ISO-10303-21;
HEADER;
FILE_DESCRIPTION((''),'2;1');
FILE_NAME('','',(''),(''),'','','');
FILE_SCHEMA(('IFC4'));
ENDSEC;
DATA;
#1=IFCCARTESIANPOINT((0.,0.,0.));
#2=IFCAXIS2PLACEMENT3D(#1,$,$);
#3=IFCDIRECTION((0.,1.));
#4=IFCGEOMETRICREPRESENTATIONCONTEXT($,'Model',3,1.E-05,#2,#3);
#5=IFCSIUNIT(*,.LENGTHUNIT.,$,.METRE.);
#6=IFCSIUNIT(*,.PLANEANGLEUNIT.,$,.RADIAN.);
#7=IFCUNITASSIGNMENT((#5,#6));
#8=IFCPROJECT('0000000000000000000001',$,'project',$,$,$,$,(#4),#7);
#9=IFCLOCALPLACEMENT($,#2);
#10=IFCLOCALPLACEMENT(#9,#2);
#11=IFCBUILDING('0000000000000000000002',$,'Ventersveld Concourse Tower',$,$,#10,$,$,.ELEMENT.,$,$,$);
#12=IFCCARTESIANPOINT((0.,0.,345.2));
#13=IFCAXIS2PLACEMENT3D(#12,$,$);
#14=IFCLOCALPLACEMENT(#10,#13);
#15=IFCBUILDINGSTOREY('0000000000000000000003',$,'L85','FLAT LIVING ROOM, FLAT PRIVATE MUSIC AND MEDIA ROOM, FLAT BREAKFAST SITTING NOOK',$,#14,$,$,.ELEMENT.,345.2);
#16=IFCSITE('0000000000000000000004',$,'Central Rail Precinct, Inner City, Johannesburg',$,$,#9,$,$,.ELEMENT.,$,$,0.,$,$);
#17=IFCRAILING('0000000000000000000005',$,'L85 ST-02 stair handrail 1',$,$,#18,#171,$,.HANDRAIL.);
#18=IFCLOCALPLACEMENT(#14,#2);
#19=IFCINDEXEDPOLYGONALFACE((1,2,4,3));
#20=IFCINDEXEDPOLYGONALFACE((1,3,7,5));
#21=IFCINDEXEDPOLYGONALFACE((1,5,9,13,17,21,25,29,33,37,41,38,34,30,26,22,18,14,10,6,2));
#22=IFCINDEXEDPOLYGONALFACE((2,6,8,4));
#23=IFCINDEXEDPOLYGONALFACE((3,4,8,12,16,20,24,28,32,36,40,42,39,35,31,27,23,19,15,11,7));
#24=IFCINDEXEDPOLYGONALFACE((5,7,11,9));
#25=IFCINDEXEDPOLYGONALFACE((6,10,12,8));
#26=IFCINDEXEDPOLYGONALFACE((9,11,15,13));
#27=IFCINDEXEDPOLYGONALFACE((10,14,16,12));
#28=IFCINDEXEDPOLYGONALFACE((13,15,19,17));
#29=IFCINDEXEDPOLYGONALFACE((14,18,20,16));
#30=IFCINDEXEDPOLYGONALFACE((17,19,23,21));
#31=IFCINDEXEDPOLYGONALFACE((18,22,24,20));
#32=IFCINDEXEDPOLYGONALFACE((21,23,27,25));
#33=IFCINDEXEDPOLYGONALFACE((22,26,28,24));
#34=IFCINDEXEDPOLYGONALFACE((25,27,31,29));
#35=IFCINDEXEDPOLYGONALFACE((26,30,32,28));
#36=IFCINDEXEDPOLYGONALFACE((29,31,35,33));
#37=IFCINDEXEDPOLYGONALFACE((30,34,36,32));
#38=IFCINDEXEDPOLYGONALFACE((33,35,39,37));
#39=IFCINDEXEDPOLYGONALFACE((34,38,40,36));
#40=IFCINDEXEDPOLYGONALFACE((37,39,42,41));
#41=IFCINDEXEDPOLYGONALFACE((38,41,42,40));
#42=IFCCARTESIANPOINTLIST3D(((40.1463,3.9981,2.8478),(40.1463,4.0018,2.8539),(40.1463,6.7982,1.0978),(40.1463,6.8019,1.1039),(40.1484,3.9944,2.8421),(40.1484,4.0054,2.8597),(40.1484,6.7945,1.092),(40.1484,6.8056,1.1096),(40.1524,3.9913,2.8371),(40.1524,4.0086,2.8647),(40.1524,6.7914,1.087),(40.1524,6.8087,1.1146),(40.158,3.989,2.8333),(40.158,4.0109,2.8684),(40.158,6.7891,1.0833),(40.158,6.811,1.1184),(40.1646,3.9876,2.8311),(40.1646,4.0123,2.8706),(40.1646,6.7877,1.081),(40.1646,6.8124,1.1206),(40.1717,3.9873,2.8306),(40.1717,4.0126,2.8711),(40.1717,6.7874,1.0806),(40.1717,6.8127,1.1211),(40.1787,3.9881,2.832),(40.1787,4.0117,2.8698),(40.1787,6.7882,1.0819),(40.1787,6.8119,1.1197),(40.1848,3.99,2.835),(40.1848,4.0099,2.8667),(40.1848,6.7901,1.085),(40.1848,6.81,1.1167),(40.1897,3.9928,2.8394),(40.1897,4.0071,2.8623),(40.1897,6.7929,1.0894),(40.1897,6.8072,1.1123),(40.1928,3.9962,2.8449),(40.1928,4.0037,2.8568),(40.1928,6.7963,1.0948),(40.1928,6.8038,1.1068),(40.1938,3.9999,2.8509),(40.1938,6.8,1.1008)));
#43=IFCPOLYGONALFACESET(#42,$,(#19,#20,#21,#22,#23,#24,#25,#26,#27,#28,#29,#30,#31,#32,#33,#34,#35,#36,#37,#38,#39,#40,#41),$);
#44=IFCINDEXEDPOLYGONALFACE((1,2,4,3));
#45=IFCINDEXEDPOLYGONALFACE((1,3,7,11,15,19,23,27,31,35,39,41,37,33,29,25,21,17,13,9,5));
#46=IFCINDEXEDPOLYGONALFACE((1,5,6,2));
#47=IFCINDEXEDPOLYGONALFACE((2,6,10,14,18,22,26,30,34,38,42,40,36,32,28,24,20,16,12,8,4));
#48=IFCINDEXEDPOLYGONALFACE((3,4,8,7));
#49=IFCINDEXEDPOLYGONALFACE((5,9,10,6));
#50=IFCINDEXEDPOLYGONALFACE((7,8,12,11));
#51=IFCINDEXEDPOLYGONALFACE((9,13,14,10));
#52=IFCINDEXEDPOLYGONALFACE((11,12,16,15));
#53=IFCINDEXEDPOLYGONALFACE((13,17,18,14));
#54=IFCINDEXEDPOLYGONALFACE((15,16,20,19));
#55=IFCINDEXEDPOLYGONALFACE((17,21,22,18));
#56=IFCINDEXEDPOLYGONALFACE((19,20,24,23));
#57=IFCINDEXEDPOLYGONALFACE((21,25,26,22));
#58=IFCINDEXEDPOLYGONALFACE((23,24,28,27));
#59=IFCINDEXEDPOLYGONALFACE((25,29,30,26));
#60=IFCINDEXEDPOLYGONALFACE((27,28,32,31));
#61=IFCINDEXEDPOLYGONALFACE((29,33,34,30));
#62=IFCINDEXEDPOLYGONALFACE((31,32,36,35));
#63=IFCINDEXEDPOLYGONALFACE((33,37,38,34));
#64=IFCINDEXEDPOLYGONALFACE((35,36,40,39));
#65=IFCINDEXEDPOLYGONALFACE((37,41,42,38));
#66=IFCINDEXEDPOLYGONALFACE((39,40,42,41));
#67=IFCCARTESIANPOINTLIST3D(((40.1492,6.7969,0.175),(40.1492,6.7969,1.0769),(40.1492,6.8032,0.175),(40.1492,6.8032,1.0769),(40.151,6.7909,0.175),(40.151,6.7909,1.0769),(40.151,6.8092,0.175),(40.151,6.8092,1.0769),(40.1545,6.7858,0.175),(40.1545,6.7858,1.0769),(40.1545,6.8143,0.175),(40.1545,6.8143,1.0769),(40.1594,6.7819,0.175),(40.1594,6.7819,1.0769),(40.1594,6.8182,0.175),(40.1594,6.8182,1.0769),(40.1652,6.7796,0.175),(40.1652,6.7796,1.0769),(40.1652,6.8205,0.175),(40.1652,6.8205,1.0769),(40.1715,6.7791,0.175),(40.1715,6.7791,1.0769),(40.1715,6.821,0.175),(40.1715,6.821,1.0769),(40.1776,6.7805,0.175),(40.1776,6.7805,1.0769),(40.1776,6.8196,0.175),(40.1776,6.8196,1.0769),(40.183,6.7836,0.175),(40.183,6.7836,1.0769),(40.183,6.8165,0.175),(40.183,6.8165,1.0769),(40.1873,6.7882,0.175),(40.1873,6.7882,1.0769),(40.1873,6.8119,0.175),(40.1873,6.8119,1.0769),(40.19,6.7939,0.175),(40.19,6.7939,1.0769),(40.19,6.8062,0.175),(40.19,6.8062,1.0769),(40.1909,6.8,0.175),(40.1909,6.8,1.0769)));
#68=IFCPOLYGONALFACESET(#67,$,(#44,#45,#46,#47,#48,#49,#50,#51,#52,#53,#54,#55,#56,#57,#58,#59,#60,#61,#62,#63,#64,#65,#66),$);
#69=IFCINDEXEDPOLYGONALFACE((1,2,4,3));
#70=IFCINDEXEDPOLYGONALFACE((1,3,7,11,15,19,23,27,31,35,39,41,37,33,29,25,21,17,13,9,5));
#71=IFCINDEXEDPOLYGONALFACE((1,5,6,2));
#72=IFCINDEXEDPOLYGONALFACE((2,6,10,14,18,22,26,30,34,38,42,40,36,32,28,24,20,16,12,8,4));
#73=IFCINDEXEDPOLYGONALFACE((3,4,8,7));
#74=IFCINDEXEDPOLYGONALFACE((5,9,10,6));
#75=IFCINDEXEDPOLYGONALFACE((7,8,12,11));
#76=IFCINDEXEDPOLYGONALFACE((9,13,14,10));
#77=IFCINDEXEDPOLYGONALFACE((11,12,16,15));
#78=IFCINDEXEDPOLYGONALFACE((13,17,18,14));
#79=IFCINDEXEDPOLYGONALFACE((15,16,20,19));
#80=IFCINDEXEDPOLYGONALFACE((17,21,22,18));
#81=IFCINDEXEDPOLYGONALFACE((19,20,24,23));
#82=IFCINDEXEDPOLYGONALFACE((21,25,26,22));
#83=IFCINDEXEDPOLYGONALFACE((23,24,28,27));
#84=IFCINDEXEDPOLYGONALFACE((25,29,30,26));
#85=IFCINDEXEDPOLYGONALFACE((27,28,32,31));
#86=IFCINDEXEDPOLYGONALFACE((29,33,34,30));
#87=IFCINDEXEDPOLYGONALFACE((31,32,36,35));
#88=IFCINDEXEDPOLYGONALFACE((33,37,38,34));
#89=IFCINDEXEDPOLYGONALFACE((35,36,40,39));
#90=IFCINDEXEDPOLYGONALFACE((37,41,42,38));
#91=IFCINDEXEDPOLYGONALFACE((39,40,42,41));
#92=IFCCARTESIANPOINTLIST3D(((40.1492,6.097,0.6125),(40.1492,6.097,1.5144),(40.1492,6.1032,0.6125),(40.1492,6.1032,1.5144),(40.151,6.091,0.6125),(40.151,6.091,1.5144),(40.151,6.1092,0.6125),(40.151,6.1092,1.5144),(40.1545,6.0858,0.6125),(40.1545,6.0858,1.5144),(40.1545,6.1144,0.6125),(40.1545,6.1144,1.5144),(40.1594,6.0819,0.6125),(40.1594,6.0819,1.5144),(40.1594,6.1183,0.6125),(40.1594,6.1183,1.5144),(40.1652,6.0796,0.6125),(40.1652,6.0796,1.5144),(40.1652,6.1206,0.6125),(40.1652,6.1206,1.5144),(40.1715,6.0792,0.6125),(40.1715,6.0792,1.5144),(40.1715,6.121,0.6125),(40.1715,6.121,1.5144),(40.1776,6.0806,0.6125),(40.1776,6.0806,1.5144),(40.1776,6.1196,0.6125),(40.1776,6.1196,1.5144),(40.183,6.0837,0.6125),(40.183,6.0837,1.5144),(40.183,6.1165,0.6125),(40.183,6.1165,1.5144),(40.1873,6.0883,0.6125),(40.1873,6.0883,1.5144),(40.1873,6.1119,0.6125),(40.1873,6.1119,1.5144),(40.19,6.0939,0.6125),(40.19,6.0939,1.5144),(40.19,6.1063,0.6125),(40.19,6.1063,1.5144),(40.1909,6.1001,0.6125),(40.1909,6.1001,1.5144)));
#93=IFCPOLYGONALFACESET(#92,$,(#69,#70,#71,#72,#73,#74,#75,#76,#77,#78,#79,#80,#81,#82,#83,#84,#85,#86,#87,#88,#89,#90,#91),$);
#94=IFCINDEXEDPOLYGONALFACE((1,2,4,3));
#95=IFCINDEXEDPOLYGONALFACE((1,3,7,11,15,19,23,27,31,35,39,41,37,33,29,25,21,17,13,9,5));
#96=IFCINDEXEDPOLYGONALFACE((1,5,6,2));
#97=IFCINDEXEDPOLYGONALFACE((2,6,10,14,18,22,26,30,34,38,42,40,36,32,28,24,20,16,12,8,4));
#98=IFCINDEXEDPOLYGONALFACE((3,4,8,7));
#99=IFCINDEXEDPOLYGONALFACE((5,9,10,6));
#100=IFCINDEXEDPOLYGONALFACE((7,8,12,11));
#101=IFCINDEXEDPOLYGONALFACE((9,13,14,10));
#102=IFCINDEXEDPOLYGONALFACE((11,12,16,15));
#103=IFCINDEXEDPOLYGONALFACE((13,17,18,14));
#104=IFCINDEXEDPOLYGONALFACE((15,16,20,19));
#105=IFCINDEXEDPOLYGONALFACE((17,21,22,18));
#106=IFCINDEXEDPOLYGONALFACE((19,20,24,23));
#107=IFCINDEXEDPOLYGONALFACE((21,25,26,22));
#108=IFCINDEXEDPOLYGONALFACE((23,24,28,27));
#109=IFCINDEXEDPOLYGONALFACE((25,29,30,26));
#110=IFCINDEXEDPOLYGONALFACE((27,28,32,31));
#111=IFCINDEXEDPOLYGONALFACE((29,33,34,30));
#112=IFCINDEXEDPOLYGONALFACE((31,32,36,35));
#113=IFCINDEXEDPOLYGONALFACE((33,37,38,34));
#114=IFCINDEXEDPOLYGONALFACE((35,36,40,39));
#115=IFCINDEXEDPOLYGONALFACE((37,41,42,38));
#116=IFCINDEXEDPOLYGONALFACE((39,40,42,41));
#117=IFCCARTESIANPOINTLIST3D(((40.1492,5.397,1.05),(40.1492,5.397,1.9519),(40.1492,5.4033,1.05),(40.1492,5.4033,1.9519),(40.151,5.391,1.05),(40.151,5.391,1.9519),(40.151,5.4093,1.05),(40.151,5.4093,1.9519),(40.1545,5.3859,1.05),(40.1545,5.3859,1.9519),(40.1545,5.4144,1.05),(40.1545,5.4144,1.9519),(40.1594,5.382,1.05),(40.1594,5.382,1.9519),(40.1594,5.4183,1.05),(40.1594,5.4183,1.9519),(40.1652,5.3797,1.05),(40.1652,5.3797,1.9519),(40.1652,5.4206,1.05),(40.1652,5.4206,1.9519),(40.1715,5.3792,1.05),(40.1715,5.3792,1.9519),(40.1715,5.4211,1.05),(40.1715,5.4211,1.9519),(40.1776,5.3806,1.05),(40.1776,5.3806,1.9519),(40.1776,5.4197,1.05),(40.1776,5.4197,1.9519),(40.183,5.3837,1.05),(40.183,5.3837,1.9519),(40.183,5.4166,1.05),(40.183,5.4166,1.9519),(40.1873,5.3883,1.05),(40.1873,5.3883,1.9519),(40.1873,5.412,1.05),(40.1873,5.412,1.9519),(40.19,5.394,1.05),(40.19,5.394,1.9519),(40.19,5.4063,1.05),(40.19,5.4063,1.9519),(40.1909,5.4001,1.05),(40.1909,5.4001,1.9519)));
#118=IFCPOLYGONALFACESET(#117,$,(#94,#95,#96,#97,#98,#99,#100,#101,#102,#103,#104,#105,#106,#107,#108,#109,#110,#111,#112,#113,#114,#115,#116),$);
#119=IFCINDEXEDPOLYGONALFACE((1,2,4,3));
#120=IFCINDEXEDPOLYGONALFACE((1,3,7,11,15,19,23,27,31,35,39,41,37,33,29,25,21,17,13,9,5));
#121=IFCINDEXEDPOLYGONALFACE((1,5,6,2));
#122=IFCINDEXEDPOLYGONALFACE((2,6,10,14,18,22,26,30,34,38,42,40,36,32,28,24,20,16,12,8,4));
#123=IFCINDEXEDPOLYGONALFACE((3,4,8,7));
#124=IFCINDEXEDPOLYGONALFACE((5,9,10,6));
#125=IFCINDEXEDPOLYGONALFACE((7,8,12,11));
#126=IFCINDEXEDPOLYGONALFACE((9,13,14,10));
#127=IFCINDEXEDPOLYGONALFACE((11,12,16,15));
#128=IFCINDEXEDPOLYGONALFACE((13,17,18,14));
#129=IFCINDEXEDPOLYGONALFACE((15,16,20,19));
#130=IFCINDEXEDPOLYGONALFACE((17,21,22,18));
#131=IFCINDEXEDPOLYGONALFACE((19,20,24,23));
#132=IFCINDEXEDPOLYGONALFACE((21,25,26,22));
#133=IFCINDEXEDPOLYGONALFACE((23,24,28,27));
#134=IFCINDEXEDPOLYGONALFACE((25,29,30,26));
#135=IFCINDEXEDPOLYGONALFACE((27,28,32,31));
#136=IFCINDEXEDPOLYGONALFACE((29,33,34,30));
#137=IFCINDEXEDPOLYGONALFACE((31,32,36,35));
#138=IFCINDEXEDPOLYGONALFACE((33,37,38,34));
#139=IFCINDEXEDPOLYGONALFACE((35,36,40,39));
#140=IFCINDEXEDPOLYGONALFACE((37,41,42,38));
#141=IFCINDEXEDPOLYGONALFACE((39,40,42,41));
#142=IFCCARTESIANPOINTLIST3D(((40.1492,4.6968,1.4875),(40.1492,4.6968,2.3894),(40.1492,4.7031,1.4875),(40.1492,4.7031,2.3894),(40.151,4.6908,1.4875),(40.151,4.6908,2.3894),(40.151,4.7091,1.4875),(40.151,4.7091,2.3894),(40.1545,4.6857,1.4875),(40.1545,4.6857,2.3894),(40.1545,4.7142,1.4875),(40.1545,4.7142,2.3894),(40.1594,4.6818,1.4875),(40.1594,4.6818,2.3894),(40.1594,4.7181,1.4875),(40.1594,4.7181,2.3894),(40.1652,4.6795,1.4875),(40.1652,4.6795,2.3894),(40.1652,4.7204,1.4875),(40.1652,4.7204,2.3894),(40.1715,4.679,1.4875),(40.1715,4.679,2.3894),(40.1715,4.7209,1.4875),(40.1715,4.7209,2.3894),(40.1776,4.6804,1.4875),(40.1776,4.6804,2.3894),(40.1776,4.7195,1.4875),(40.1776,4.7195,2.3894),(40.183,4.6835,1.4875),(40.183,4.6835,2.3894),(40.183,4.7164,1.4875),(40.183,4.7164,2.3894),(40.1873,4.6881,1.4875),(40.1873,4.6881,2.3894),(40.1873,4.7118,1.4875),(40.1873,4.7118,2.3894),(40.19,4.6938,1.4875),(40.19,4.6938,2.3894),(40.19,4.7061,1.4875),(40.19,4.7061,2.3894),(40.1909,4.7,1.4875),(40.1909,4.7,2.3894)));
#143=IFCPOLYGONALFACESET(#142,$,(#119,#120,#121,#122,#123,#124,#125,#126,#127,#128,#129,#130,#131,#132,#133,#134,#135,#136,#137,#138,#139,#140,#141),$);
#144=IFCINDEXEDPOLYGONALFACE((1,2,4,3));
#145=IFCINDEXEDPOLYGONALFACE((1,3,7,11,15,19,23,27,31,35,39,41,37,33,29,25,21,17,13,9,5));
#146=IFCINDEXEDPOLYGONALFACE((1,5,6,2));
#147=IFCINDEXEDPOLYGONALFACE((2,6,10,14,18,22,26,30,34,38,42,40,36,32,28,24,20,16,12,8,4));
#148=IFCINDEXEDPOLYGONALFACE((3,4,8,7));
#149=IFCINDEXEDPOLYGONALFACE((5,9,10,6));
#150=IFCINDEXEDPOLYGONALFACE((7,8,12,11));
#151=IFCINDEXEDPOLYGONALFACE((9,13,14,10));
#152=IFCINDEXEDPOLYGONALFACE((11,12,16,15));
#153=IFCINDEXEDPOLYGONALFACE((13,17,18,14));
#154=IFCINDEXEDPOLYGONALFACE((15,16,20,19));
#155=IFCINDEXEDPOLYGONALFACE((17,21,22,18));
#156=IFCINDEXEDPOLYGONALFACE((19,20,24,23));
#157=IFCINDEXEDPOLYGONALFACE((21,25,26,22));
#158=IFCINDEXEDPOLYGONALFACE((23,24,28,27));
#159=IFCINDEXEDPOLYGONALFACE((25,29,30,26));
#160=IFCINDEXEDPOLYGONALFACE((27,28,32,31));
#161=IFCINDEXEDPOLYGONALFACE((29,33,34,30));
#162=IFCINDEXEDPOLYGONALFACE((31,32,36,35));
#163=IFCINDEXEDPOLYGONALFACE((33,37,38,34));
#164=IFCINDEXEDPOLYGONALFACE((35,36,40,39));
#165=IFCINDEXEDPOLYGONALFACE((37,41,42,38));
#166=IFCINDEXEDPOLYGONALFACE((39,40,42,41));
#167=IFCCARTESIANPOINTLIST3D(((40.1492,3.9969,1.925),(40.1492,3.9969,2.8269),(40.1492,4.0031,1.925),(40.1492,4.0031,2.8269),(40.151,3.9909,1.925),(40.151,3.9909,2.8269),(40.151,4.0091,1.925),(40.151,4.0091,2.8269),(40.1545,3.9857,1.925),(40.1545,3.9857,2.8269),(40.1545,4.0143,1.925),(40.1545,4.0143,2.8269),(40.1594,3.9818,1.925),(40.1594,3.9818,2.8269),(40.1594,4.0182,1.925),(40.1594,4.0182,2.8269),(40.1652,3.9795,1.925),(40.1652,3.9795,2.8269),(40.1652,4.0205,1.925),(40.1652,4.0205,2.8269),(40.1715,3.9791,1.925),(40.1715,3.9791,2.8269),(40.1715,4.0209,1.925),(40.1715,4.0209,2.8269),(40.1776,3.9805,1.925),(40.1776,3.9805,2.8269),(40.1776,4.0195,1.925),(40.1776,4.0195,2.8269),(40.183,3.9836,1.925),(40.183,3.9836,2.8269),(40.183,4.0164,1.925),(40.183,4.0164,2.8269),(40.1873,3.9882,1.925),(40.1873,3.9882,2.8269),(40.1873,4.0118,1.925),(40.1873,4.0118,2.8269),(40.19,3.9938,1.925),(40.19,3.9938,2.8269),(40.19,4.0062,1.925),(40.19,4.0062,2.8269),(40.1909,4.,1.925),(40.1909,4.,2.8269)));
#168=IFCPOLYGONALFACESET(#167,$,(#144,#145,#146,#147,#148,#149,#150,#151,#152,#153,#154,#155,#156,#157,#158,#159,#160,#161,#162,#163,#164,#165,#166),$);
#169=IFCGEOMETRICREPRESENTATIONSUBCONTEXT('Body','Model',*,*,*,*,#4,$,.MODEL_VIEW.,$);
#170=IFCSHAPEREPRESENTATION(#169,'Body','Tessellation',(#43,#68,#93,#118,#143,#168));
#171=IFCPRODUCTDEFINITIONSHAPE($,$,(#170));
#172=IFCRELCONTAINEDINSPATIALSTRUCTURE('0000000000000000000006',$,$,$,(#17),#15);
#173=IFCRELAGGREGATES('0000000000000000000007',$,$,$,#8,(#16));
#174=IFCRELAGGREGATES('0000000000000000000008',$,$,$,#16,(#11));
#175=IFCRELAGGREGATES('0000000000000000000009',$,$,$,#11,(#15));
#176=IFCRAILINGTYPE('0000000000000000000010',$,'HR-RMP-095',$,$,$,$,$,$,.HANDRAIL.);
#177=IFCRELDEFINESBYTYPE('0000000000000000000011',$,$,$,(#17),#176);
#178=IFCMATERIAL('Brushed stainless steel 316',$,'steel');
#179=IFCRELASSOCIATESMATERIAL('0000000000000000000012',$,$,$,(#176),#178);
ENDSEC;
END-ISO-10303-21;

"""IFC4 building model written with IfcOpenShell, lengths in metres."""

from ifc_helpers import new_model, si_unit, direction, frame, origin, origin_2d, place, context, subcontext, project, spatial, circle, extrude, material, type_object, element, save


model = new_model("IFC4")

# Units and contexts
model_context = context("Model", 3, precision=1e-05, world=origin(), true_north=direction((0.0, 1.0)))
body_context = subcontext(model_context, "Body", "Model", "MODEL_VIEW")
ifc_project = project(units=[si_unit("LENGTHUNIT", "METRE"), si_unit("PLANEANGLEUNIT", "RADIAN")], contexts=[model_context])

# Site, building, storey
site_placement = place(None, origin())
site = spatial("IfcSite", under=ifc_project, at=site_placement, Name="Central Rail Precinct, Inner City, Johannesburg", CompositionType="ELEMENT", RefElevation=0.0)
building_placement = place(site_placement, origin())
building = spatial("IfcBuilding", under=site, at=building_placement, Name="Ventersveld Concourse Tower", CompositionType="ELEMENT")
storey_placement = place(building_placement, frame((0.0, 0.0, 345.2)))
storey = spatial("IfcBuildingStorey", under=building, at=storey_placement, Name="L85", Description="FLAT LIVING ROOM, FLAT PRIVATE MUSIC AND MEDIA ROOM, FLAT BREAKFAST SITTING NOOK", CompositionType="ELEMENT", Elevation=345.2)

# Shared definitions
ifc_material_1 = material(Name="Brushed stainless steel 316", Category="steel")

# Railing
railing_type_1 = type_object("IfcRailingType", Name="HR-RMP-095", PredefinedType="HANDRAIL", material=ifc_material_1)
railing_1_placement = place(storey_placement, frame((40.1699, 6.8, 0.175)))
element("IfcRailing", 1, at=railing_1_placement, inside=storey, type_object=railing_type_1, Name="L85 ST-02 stair handrail 1", PredefinedType="HANDRAIL", context=body_context, shape_type="SweptSolid", body=[
    extrude(circle(Radius=0.0239, at=origin_2d()), frame((0.0, 0.0, 0.9258), z_axis=(0.0, -0.848002, 0.529992), x_axis=(1.0, 0.0, 0.0)), (0.0, 0.0, 1.0), 3.302),
    extrude(circle(Radius=0.021, at=origin_2d()), origin(), (0.0, 0.0, 1.0), 0.9019),
    extrude(circle(Radius=0.021, at=origin_2d()), frame((0.0, -0.7, 0.4375)), (0.0, 0.0, 1.0), 0.9019),
    extrude(circle(Radius=0.021, at=origin_2d()), frame((0.0, -1.3999, 0.875)), (0.0, 0.0, 1.0), 0.9019),
    extrude(circle(Radius=0.021, at=origin_2d()), frame((0.0, -2.1001, 1.3125)), (0.0, 0.0, 1.0), 0.9019),
    extrude(circle(Radius=0.021, at=origin_2d()), frame((0.0, -2.8, 1.75)), (0.0, 0.0, 1.0), 0.9019),
])

save(model, "model.ifc")
